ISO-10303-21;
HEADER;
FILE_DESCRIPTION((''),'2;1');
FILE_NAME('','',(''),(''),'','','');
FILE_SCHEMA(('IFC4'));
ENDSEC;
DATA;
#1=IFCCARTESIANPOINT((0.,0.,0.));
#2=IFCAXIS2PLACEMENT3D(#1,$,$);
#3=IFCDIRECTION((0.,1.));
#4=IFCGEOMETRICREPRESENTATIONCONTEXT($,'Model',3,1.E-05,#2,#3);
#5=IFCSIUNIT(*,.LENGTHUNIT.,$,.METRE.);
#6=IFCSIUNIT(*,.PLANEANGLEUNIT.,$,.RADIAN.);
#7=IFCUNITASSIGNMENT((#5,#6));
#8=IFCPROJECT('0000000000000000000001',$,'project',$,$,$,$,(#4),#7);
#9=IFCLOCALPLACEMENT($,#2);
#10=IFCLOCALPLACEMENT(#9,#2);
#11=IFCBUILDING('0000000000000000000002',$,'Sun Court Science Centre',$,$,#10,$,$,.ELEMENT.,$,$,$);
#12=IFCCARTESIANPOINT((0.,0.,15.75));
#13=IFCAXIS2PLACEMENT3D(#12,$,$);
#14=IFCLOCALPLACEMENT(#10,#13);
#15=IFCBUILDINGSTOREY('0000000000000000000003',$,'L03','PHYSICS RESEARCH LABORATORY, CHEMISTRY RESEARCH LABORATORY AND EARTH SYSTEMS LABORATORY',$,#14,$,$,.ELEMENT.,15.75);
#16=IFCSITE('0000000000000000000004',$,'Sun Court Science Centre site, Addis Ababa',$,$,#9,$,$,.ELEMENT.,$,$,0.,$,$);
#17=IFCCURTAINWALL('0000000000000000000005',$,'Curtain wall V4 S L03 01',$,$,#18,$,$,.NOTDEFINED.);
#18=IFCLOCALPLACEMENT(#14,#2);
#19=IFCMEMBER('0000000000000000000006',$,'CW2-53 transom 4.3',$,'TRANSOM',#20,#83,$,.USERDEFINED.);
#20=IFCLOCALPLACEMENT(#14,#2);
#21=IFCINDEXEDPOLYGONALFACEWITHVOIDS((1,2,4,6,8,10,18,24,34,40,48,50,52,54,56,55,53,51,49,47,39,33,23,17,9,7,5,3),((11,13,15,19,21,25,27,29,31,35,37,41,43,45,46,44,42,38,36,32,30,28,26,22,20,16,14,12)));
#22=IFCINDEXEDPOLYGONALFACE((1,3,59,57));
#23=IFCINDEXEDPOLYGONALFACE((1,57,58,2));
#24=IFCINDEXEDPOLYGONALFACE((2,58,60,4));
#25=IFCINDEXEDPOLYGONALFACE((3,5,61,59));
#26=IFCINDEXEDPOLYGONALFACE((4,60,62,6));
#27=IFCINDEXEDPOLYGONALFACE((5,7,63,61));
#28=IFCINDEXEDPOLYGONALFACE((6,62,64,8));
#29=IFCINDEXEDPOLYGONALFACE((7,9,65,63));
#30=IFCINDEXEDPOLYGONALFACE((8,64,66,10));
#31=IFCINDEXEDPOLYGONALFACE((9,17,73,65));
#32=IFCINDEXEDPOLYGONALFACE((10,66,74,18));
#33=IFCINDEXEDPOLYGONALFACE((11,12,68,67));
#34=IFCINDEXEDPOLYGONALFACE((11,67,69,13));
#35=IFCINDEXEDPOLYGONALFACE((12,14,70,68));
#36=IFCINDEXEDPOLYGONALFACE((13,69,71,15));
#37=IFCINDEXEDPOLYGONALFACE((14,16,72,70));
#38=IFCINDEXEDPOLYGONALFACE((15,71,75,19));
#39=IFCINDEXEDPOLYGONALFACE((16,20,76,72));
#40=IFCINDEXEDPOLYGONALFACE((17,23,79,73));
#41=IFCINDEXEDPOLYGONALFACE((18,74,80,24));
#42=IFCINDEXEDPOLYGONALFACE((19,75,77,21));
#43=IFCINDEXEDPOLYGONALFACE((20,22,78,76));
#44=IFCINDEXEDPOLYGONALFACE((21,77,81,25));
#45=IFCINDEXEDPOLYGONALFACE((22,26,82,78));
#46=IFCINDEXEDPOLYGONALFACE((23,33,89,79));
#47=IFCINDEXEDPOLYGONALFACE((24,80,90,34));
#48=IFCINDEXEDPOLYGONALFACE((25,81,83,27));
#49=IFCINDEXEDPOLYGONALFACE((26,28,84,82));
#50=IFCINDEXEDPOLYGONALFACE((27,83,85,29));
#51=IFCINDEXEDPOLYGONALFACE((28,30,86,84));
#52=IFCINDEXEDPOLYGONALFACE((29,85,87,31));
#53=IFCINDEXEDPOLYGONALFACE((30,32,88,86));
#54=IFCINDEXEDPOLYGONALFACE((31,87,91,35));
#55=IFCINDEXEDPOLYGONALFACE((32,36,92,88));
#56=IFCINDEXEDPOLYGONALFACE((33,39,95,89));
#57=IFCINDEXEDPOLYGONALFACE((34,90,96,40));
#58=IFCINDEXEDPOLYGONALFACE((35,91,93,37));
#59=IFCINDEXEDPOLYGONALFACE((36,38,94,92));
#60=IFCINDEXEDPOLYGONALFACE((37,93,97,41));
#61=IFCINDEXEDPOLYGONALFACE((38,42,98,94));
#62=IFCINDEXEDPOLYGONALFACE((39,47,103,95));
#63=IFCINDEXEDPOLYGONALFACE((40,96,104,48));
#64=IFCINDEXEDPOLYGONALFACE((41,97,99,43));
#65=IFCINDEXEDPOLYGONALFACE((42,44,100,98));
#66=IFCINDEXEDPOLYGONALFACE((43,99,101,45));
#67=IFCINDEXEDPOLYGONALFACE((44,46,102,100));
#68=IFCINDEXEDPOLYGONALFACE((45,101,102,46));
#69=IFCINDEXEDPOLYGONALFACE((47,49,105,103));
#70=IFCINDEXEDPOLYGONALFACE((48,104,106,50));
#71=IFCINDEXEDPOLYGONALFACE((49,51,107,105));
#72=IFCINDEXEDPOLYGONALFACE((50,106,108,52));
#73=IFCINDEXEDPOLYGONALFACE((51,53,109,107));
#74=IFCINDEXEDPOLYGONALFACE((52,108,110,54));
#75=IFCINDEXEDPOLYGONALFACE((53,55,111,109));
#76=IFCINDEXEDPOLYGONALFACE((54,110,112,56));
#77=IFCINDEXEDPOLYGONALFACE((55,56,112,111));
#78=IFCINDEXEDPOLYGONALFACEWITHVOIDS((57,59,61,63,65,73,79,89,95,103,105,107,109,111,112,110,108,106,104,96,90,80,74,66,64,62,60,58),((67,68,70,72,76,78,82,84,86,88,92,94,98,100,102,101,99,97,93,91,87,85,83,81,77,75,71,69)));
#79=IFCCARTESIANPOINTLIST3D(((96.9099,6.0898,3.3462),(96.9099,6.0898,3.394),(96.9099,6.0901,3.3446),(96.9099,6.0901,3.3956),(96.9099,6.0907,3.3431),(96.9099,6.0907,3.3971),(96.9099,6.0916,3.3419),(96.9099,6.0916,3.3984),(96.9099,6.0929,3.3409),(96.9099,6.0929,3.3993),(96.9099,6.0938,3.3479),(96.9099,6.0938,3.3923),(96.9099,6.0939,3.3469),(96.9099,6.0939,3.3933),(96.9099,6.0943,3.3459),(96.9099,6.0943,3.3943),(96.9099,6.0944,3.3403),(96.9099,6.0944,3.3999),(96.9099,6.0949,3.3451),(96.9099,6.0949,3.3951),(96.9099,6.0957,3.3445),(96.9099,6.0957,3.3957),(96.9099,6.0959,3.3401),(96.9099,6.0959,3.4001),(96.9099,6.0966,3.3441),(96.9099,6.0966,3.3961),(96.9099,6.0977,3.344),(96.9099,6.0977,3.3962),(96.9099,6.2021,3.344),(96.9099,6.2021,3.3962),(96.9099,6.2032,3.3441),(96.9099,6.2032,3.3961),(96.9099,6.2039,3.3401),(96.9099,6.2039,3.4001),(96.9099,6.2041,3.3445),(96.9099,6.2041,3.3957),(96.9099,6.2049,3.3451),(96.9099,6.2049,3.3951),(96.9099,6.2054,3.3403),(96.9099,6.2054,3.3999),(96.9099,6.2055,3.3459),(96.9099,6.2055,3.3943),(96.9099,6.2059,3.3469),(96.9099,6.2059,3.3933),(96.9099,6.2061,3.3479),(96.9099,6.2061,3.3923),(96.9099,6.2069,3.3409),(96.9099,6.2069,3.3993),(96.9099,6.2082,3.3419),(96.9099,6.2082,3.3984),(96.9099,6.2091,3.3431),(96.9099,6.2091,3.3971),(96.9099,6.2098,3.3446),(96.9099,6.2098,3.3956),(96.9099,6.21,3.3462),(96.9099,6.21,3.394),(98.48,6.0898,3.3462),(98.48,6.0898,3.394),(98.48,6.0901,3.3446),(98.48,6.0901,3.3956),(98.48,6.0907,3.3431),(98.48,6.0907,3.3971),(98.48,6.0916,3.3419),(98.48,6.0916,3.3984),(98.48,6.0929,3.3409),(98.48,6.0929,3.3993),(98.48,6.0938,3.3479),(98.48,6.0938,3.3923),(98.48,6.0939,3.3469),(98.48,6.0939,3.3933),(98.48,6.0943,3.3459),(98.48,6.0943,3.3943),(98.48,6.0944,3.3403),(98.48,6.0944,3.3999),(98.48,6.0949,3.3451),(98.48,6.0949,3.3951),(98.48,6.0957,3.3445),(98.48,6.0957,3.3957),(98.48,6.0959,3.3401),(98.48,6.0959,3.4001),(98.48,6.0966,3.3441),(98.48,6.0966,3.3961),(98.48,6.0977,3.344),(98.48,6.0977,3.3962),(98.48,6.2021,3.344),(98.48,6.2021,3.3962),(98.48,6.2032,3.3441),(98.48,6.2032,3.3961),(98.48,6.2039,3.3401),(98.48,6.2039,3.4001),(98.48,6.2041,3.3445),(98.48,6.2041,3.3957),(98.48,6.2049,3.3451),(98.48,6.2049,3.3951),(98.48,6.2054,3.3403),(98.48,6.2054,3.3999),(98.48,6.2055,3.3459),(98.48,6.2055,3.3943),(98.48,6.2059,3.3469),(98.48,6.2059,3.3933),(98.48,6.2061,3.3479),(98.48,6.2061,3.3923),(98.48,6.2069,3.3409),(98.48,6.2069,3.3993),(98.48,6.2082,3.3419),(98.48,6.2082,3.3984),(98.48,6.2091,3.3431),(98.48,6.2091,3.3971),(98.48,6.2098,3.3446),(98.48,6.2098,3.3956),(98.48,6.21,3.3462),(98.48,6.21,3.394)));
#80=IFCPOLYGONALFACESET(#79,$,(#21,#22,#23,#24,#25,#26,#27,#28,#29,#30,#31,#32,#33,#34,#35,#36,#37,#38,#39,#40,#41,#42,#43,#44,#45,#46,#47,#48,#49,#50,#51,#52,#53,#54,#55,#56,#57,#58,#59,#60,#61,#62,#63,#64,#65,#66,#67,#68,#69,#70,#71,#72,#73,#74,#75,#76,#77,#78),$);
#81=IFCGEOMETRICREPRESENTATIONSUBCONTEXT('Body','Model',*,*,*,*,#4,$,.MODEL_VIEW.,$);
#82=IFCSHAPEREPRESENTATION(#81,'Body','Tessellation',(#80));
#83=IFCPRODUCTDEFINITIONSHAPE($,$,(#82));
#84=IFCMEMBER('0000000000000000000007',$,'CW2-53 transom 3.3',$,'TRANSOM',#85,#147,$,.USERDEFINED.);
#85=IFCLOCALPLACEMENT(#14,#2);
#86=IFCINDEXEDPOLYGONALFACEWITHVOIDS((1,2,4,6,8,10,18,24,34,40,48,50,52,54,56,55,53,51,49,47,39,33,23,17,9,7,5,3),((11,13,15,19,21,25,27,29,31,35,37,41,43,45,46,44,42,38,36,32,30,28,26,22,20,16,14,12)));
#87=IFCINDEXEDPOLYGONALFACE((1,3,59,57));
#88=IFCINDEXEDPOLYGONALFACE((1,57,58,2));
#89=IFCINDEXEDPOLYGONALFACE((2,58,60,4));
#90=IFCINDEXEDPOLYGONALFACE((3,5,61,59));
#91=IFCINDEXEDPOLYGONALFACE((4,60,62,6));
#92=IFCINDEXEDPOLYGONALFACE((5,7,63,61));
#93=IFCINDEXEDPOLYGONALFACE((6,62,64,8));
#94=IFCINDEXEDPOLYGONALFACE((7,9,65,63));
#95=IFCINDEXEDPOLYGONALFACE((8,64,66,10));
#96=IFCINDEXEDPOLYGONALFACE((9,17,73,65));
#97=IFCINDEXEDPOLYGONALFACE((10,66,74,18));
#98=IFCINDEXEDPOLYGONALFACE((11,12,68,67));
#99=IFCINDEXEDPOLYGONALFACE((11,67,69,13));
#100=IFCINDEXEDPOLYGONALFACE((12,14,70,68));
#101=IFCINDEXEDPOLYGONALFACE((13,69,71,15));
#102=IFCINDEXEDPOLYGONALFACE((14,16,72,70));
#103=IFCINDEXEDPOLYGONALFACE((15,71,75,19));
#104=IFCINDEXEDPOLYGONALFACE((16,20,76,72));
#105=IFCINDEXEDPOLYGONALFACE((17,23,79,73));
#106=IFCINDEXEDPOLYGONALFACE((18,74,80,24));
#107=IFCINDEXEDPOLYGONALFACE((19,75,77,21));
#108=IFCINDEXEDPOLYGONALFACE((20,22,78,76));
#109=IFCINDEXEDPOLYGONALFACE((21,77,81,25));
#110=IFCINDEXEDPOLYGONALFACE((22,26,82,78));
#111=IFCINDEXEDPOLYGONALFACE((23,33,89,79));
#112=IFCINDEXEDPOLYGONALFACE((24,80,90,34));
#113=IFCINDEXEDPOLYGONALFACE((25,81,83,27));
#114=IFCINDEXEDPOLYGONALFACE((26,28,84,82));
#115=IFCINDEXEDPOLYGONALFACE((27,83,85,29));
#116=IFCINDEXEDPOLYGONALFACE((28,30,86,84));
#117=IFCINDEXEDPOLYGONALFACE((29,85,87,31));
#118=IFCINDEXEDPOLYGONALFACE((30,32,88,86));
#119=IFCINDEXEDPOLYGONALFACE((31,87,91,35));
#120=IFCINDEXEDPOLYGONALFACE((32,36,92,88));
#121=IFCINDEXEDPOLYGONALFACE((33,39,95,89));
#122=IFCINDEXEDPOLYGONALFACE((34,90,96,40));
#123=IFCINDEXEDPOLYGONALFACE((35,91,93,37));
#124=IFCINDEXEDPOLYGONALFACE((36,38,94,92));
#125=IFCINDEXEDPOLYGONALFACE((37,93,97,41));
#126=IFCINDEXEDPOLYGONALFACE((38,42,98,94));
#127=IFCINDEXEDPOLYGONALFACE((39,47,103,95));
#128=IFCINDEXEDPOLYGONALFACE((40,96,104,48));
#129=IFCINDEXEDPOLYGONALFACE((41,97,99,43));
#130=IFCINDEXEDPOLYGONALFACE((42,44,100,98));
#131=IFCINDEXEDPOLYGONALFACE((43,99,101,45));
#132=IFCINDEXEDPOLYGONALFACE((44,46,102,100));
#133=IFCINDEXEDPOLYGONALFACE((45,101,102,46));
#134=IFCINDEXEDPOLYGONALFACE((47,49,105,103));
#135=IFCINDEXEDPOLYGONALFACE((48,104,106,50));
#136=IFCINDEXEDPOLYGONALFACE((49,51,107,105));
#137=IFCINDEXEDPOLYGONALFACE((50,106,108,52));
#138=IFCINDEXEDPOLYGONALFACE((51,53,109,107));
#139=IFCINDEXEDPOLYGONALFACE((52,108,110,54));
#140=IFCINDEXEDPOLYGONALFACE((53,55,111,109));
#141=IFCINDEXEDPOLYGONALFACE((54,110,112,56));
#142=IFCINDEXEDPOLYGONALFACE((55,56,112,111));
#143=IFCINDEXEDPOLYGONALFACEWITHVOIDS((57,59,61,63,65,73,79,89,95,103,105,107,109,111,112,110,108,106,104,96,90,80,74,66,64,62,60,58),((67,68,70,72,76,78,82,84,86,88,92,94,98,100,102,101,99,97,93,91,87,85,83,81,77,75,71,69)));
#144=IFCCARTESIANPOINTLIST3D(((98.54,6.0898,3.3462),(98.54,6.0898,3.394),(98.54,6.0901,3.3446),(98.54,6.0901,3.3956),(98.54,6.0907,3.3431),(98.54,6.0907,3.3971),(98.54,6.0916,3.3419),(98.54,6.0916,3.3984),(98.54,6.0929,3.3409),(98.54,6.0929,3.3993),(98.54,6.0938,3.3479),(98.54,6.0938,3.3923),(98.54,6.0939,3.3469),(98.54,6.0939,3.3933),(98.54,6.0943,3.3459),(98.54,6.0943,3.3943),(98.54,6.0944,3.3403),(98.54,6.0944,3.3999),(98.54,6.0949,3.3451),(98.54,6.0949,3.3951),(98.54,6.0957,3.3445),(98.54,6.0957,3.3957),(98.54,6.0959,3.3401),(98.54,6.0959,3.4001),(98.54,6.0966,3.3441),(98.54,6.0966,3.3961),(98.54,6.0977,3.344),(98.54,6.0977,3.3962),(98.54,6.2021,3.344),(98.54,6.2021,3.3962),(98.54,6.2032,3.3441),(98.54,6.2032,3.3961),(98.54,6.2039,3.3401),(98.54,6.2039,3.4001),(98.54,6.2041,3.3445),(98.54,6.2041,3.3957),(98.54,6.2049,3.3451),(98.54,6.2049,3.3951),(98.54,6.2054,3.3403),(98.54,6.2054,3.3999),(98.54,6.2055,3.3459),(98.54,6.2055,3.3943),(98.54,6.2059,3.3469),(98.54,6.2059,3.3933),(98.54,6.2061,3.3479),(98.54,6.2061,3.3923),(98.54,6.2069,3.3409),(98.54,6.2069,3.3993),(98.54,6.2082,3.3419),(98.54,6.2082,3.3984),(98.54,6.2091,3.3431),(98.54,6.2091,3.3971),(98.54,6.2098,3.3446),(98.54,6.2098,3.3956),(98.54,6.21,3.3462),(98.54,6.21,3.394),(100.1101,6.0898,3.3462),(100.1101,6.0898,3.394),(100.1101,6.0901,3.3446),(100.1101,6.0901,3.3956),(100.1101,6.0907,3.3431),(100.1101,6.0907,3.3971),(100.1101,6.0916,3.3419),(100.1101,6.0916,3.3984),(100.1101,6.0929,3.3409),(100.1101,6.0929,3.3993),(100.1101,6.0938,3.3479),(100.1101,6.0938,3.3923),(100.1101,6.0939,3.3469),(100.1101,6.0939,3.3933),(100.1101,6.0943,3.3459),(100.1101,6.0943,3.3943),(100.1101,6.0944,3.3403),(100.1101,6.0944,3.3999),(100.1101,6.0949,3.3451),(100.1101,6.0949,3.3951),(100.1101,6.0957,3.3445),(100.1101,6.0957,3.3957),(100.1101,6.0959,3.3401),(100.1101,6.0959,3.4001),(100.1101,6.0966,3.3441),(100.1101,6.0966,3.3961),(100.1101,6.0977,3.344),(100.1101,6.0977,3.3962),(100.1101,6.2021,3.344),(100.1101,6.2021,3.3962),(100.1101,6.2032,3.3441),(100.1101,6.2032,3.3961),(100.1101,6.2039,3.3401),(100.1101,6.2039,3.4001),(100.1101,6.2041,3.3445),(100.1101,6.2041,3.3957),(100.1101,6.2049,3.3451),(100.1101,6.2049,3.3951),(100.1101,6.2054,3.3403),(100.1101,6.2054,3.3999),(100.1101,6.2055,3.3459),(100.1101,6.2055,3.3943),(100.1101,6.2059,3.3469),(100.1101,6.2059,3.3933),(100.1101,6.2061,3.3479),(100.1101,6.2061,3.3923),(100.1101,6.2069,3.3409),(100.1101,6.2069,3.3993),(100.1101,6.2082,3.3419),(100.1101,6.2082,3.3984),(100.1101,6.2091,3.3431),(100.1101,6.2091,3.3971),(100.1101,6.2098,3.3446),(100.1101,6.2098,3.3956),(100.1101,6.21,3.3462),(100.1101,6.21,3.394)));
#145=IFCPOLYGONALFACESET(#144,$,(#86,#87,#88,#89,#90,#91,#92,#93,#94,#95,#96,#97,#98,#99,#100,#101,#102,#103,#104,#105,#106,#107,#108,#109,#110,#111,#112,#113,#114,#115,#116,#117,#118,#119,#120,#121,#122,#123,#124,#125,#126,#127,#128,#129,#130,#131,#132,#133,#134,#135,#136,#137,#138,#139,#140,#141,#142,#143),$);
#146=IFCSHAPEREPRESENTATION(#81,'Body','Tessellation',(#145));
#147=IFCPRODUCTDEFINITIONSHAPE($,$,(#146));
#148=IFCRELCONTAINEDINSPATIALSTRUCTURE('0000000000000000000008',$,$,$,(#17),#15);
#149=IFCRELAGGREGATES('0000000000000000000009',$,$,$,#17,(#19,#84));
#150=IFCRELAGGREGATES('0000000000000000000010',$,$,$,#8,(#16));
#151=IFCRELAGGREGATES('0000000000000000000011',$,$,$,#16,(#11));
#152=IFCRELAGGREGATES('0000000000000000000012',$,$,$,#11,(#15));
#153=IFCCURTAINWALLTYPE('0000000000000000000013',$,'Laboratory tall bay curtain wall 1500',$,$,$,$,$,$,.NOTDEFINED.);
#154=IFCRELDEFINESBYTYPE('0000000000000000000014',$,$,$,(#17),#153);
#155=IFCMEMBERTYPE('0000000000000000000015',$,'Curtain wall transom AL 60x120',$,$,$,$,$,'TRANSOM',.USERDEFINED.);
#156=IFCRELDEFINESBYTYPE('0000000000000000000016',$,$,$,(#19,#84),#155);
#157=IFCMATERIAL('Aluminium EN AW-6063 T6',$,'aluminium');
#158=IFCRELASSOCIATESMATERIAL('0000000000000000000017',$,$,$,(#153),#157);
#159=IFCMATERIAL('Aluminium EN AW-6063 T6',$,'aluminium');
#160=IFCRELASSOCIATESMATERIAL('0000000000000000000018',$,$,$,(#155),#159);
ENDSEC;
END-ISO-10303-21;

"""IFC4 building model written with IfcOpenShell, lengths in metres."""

from ifc_helpers import new_model, si_unit, direction, frame, origin, origin_2d, place, context, subcontext, project, spatial, hollow_rectangle, extrude, material, material_profile, profile_set, type_object, element, aggregate, save


model = new_model("IFC4")

# Units and contexts
model_context = context("Model", 3, precision=1e-05, world=origin(), true_north=direction((0.0, 1.0)))
body_context = subcontext(model_context, "Body", "Model", "MODEL_VIEW")
ifc_project = project(units=[si_unit("LENGTHUNIT", "METRE"), si_unit("PLANEANGLEUNIT", "RADIAN")], contexts=[model_context])

# Site, building, storey
site_placement = place(None, origin())
site = spatial("IfcSite", under=ifc_project, at=site_placement, Name="Sun Court Science Centre site, Addis Ababa", CompositionType="ELEMENT", RefElevation=0.0)
building_placement = place(site_placement, origin())
building = spatial("IfcBuilding", under=site, at=building_placement, Name="Sun Court Science Centre", CompositionType="ELEMENT")
storey_placement = place(building_placement, frame((0.0, 0.0, 15.75)))
storey = spatial("IfcBuildingStorey", under=building, at=storey_placement, Name="L03", Description="PHYSICS RESEARCH LABORATORY, CHEMISTRY RESEARCH LABORATORY AND EARTH SYSTEMS LABORATORY", CompositionType="ELEMENT", Elevation=15.75)

# Curtain wall
ifc_material_1 = material(Name="Aluminium EN AW-6063 T6", Category="aluminium")
curtain_wall_type = type_object("IfcCurtainWallType", Name="Laboratory tall bay curtain wall 1500", PredefinedType="NOTDEFINED", material=ifc_material_1)
curtain_wall_1_placement = place(storey_placement, origin())
curtain_wall_1 = element("IfcCurtainWall", 1, at=curtain_wall_1_placement, inside=storey, type_object=curtain_wall_type, Name="Curtain wall V4 S L03 01", PredefinedType="NOTDEFINED")

# Members
ifc_material_2 = material(Name="Aluminium EN AW-6063 T6", Category="aluminium")
ifc_material_profile_1 = material_profile(ifc_material_2, hollow_rectangle(XDim=0.0601, YDim=0.1201, WallThickness=0.0039, InnerFilletRadius=0.0039, OuterFilletRadius=0.0061, at=origin_2d()), Name="AL 60x120x4")
ifc_profile_set_1 = profile_set([ifc_material_profile_1], Name="Aluminium EN AW-6063 T6")
member_type_1 = type_object("IfcMemberType", Name="Curtain wall transom AL 60x120", ElementType="TRANSOM", PredefinedType="USERDEFINED", material=ifc_profile_set_1)
member_1_placement = place(storey_placement, frame((98.48, 6.1499, 3.3701), z_axis=(-1.0, 0.0, 0.0), x_axis=(0.0, 0.0, 1.0)))
member_1 = element("IfcMember", 2, at=member_1_placement, type_object=member_type_1, Name="CW2-53 transom 4.3", ObjectType="TRANSOM", PredefinedType="USERDEFINED", context=body_context, shape_type="SweptSolid", body=[
    extrude(hollow_rectangle(XDim=0.0601, YDim=0.1201, WallThickness=0.0039, InnerFilletRadius=0.0039, OuterFilletRadius=0.0061, at=origin_2d()), origin(), (0.0, 0.0, 1.0), 1.5701),
])
member_2_placement = place(storey_placement, frame((100.1101, 6.1499, 3.3701), z_axis=(-1.0, 0.0, 0.0), x_axis=(0.0, 0.0, 1.0)))
member_2 = element("IfcMember", 3, at=member_2_placement, type_object=member_type_1, Name="CW2-53 transom 3.3", ObjectType="TRANSOM", PredefinedType="USERDEFINED", context=body_context, shape_type="SweptSolid", body=[
    extrude(hollow_rectangle(XDim=0.0601, YDim=0.1201, WallThickness=0.0039, InnerFilletRadius=0.0039, OuterFilletRadius=0.0061, at=origin_2d()), origin(), (0.0, 0.0, 1.0), 1.5701),
])

aggregate(curtain_wall_1, [member_1, member_2])

save(model, "model.ifc")
